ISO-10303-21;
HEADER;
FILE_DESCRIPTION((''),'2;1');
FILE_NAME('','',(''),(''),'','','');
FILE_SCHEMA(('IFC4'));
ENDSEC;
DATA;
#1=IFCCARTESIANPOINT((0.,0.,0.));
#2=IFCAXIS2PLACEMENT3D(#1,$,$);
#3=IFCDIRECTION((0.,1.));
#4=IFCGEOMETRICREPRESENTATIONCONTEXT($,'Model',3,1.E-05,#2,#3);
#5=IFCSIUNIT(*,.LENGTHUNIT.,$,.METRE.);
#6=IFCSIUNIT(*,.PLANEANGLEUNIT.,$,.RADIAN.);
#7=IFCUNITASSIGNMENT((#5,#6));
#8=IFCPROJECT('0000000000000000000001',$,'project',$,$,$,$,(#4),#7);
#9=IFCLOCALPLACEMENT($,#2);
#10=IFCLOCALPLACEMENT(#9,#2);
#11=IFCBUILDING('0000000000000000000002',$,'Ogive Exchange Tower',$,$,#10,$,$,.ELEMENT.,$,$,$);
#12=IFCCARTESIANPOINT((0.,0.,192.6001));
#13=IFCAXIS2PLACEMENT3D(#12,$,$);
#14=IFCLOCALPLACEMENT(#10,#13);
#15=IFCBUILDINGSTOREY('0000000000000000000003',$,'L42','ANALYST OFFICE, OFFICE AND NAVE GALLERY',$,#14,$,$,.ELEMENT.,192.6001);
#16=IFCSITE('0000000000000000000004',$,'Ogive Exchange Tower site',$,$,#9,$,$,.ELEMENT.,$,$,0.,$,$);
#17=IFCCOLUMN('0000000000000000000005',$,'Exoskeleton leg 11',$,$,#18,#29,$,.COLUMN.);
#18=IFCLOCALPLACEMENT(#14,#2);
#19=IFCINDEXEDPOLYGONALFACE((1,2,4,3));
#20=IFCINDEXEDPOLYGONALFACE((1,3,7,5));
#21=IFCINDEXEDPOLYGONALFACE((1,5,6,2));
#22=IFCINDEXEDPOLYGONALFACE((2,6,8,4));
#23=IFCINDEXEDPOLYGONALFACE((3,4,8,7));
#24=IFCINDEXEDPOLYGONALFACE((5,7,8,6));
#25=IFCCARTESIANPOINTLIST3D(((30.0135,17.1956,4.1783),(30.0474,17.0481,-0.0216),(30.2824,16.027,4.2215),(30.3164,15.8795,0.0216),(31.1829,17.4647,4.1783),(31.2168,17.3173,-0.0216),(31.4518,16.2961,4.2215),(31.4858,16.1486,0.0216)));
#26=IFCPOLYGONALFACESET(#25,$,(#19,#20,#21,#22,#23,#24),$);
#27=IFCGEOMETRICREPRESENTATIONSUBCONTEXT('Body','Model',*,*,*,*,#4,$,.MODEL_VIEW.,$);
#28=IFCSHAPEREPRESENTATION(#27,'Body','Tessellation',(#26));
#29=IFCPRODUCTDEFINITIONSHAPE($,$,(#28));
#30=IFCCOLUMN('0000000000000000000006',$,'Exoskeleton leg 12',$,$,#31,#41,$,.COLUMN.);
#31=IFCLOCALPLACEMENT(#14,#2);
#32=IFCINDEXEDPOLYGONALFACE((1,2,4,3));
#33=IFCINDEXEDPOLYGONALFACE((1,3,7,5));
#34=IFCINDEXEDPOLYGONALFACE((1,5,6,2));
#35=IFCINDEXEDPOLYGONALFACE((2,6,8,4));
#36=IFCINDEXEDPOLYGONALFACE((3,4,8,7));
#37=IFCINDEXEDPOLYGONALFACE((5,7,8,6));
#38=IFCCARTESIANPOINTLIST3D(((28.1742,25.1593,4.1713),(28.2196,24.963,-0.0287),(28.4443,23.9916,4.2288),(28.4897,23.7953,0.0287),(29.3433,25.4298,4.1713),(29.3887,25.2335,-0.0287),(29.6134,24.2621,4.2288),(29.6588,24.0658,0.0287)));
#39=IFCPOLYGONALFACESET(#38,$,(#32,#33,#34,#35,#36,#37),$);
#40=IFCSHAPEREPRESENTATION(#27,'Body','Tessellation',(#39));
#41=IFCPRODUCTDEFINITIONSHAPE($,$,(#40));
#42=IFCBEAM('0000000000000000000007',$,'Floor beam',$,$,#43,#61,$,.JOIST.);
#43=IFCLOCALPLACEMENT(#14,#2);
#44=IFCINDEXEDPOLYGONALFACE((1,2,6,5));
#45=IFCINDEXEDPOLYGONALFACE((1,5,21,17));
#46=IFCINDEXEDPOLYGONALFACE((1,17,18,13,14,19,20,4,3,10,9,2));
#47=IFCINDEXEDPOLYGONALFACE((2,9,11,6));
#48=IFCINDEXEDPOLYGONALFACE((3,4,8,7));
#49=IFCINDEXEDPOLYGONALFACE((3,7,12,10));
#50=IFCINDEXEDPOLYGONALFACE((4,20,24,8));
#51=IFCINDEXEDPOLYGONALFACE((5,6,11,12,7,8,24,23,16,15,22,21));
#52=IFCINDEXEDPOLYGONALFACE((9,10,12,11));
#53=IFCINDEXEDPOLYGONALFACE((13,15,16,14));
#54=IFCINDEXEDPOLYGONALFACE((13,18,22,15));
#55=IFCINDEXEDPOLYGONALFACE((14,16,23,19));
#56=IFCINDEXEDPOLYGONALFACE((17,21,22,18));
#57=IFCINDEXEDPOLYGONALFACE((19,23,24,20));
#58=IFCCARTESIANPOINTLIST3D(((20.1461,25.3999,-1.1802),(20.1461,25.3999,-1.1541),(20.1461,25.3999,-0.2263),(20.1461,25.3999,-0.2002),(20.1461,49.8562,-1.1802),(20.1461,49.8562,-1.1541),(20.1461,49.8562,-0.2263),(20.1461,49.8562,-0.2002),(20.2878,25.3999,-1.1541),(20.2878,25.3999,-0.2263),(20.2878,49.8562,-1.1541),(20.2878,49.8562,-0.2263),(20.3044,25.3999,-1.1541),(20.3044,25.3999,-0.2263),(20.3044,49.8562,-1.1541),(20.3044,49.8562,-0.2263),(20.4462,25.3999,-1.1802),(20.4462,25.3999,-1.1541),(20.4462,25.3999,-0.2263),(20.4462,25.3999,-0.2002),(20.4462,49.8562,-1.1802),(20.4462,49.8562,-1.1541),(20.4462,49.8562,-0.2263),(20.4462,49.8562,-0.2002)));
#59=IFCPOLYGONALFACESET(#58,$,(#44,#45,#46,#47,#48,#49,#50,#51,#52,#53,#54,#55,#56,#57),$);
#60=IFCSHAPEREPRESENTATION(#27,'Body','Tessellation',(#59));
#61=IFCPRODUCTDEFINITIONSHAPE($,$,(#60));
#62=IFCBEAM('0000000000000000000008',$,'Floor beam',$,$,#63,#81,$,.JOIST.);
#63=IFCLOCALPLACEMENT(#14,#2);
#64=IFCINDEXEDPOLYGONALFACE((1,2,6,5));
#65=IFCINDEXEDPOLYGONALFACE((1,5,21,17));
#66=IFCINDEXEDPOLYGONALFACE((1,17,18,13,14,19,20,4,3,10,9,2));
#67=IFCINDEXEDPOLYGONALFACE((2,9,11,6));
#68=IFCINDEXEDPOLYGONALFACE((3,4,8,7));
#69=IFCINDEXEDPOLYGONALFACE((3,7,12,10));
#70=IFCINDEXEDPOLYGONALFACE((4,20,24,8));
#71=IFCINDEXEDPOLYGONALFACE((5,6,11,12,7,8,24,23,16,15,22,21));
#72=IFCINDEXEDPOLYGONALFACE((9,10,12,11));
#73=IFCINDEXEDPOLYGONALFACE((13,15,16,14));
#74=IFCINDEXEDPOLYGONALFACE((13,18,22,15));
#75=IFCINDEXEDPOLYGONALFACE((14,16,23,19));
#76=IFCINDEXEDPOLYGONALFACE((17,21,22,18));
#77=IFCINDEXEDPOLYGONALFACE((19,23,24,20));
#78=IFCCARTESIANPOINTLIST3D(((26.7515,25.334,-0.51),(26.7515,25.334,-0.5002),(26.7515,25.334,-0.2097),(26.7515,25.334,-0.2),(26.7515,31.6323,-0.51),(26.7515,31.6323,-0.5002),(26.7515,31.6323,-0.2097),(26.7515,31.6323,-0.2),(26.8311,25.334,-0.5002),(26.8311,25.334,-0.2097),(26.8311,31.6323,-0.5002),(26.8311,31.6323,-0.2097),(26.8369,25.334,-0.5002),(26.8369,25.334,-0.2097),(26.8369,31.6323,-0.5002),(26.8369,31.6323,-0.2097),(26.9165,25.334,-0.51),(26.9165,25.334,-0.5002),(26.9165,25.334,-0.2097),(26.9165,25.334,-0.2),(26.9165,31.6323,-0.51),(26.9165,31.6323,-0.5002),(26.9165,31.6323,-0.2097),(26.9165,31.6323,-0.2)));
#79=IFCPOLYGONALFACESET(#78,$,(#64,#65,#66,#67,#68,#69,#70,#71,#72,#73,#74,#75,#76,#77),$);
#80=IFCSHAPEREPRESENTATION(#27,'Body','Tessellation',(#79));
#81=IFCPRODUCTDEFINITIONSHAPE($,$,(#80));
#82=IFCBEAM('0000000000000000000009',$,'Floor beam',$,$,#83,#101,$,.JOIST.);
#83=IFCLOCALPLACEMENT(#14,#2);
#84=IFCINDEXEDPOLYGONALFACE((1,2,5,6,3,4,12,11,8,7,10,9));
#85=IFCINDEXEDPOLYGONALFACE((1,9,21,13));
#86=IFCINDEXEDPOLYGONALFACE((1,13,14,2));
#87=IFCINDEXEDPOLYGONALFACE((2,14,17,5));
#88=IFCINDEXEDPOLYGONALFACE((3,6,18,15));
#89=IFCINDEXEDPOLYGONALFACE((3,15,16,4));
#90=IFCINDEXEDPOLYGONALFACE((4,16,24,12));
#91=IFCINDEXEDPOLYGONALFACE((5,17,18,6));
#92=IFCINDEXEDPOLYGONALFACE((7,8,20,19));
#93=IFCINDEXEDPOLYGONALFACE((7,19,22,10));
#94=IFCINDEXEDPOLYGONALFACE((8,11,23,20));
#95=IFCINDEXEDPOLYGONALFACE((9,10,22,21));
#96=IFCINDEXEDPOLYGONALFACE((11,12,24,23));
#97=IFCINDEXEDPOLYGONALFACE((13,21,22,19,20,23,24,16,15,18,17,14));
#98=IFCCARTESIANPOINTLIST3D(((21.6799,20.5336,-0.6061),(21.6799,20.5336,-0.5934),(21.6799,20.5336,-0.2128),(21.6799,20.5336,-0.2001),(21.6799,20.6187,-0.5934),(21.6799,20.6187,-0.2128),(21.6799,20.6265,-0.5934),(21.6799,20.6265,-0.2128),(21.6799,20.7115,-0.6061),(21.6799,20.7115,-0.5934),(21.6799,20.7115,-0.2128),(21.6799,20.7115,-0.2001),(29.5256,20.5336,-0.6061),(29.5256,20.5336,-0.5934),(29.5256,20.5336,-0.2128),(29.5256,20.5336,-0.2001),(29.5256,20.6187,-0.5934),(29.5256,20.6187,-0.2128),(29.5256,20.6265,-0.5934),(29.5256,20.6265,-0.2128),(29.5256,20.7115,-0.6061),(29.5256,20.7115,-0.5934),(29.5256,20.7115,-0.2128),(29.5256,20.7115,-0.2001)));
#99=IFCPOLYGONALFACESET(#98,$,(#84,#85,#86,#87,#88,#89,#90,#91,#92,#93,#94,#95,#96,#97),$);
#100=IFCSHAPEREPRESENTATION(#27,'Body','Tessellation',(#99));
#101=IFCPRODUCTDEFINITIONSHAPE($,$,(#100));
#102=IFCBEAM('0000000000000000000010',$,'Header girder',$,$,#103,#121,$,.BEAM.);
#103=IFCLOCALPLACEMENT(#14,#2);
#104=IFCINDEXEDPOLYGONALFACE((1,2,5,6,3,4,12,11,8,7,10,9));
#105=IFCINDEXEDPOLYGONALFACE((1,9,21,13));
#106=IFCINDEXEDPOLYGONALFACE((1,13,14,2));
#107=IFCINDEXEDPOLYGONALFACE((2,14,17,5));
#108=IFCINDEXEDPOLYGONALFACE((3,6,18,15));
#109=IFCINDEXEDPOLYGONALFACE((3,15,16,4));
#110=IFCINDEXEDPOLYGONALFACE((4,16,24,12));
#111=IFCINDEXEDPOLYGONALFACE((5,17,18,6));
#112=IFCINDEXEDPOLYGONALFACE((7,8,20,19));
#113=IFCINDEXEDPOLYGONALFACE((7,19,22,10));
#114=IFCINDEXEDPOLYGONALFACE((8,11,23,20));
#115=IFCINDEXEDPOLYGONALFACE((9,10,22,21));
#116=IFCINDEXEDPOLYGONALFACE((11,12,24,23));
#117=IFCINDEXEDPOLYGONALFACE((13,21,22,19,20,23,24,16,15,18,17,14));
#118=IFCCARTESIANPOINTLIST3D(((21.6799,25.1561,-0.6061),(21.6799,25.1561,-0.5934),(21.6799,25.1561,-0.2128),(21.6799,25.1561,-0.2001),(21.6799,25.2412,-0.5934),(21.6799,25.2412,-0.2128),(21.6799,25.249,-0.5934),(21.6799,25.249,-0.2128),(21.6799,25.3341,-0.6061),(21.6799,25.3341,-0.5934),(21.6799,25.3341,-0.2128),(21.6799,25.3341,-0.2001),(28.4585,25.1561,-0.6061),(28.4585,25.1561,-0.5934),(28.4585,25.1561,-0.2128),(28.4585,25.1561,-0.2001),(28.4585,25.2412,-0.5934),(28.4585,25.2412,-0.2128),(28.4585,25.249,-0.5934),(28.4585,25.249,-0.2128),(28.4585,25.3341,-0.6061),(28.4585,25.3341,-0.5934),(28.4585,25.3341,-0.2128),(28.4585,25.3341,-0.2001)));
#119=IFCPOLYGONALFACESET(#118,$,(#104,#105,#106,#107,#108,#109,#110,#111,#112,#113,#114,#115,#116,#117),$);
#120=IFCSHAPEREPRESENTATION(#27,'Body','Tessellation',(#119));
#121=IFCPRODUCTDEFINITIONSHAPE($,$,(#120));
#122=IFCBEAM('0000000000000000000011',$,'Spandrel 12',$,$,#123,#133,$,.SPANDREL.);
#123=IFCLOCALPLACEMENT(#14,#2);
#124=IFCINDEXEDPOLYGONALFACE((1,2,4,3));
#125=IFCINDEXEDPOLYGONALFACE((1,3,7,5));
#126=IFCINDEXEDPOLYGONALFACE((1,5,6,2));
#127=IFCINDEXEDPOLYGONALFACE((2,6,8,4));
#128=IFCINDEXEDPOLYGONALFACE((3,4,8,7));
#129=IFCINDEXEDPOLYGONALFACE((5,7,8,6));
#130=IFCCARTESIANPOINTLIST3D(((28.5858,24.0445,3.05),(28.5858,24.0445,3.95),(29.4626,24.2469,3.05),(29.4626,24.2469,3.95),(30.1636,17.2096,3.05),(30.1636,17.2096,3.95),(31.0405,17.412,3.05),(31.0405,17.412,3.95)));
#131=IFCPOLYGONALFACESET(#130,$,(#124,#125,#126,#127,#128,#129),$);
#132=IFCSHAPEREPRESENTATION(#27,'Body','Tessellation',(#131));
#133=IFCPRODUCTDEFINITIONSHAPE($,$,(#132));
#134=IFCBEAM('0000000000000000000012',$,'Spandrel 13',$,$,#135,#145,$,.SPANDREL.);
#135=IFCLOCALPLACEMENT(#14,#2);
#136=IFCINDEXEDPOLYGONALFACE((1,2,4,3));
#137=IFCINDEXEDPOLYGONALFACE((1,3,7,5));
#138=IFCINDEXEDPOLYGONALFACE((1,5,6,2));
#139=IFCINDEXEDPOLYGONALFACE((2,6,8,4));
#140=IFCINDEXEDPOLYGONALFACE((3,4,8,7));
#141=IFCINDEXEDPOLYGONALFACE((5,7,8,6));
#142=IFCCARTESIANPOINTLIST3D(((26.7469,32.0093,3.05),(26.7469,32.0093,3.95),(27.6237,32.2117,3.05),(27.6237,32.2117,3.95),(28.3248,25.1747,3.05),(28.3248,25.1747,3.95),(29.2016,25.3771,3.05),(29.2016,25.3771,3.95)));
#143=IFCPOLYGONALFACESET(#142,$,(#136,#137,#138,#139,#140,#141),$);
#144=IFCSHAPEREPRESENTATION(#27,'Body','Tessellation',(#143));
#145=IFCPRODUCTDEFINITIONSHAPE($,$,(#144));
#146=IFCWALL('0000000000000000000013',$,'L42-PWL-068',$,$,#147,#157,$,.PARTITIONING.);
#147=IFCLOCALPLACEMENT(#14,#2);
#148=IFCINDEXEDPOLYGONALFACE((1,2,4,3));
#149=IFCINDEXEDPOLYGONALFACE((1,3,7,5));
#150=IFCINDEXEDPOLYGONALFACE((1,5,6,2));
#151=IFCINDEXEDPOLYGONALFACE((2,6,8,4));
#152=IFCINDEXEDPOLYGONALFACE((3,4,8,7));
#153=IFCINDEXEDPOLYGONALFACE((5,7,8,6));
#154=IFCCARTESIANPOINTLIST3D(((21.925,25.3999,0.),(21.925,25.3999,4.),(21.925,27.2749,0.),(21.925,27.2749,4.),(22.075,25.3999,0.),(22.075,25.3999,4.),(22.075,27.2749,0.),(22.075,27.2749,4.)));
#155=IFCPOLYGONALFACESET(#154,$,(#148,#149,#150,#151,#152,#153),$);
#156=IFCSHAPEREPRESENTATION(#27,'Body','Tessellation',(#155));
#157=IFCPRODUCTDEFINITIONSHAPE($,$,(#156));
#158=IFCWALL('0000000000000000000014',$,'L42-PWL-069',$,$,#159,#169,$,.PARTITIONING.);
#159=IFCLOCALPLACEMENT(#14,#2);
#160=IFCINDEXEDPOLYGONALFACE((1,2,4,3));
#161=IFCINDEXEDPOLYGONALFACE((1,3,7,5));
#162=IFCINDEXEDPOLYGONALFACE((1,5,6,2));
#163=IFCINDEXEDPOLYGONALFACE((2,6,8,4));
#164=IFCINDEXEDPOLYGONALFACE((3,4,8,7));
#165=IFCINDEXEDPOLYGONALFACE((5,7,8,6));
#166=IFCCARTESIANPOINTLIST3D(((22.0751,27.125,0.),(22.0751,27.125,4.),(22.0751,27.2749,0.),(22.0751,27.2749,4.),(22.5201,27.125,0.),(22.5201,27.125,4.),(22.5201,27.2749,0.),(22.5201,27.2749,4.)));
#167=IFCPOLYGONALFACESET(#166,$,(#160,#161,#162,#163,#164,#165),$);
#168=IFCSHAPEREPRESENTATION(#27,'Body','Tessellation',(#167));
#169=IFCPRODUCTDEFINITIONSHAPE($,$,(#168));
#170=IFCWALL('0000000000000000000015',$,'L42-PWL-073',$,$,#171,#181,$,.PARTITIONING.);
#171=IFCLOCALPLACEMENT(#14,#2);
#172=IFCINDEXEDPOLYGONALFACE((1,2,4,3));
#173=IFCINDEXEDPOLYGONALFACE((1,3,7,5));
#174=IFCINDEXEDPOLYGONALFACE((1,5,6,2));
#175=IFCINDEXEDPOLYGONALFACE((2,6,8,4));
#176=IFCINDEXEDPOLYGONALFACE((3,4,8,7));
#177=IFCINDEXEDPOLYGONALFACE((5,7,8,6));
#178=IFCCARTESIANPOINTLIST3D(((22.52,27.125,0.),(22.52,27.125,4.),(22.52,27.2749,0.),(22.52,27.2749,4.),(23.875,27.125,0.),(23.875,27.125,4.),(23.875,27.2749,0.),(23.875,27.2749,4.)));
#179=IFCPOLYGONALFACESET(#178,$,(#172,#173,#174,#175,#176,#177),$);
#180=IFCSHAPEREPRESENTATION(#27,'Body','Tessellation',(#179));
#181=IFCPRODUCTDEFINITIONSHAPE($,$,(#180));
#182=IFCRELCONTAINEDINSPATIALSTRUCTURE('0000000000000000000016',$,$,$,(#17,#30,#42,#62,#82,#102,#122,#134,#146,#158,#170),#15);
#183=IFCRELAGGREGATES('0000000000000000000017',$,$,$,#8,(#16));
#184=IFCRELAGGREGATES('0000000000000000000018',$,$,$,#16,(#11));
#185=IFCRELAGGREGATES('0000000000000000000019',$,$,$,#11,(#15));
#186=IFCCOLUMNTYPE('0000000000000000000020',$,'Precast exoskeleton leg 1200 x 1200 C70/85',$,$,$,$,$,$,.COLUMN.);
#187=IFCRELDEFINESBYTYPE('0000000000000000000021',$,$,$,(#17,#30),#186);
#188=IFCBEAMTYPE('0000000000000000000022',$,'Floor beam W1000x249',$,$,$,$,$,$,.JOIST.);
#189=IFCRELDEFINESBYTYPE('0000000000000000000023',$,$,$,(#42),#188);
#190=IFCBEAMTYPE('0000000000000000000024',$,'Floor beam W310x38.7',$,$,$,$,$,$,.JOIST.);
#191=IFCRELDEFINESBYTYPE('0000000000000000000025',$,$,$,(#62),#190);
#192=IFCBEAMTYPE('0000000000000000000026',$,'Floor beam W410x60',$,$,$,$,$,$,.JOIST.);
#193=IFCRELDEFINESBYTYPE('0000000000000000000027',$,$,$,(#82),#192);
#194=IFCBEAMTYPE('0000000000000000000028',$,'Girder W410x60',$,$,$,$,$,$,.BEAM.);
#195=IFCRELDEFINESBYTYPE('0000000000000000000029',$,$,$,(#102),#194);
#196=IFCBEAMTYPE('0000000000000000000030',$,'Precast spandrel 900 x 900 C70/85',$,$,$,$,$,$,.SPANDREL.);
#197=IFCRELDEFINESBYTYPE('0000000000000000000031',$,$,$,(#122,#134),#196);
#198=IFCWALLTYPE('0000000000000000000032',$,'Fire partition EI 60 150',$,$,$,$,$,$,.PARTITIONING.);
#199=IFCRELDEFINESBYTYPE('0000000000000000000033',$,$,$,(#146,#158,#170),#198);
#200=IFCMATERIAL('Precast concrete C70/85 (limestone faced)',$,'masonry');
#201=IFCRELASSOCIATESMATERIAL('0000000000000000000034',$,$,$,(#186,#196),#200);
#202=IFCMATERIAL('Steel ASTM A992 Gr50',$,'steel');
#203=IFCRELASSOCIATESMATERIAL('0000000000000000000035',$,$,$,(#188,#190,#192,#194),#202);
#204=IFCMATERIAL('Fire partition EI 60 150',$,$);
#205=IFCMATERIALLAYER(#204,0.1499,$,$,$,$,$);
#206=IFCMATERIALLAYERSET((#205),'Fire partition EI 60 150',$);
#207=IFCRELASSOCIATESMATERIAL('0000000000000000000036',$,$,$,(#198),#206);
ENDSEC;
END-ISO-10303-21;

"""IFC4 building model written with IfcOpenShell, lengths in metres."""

from ifc_helpers import new_model, si_unit, direction, frame, frame_2d, origin, origin_2d, place, context, subcontext, project, spatial, rectangle, i_section, extrude, material, layer, layer_set, material_profile, profile_set, type_object, element, save


model = new_model("IFC4")

# Units and contexts
model_context = context("Model", 3, precision=1e-05, world=origin(), true_north=direction((0.0, 1.0)))
body_context = subcontext(model_context, "Body", "Model", "MODEL_VIEW")
ifc_project = project(units=[si_unit("LENGTHUNIT", "METRE"), si_unit("PLANEANGLEUNIT", "RADIAN")], contexts=[model_context])

# Site, building, storey
site_placement = place(None, origin())
site = spatial("IfcSite", under=ifc_project, at=site_placement, Name="Ogive Exchange Tower site", CompositionType="ELEMENT", RefElevation=0.0)
building_placement = place(site_placement, origin())
building = spatial("IfcBuilding", under=site, at=building_placement, Name="Ogive Exchange Tower", CompositionType="ELEMENT")
storey_placement = place(building_placement, frame((0.0, 0.0, 192.6001)))
storey = spatial("IfcBuildingStorey", under=building, at=storey_placement, Name="L42", Description="ANALYST OFFICE, OFFICE AND NAVE GALLERY", CompositionType="ELEMENT", Elevation=192.6001)

# Columns
ifc_material_1 = material(Name="Precast concrete C70/85 (limestone faced)", Category="masonry")
ifc_material_profile_1 = material_profile(ifc_material_1, rectangle(XDim=1.2, YDim=1.2, at=origin_2d()), Name="1200 x 1200")
ifc_profile_set_1 = profile_set([ifc_material_profile_1], Name="Precast concrete C70/85 (limestone faced)")
column_type = type_object("IfcColumnType", Name="Precast exoskeleton leg 1200 x 1200 C70/85", PredefinedType="COLUMN", material=ifc_profile_set_1)
column_1_placement = place(storey_placement, frame((30.7666, 16.5984, 0.0), z_axis=(-0.008075, 0.035087, 0.999352), x_axis=(-0.974527, -0.22427, 0.0)))
element("IfcColumn", 1, at=column_1_placement, inside=storey, type_object=column_type, Name="Exoskeleton leg 11", PredefinedType="COLUMN", context=body_context, shape_type="SweptSolid", body=[
    extrude(rectangle(XDim=1.2, YDim=1.2, at=origin_2d()), origin(), (0.0, 0.0, 1.0), 4.2026),
])
column_2_placement = place(storey_placement, frame((28.9392, 24.5144, 0.0), z_axis=(-0.0108, 0.046682, 0.998851), x_axis=(-0.974269, -0.22539, 0.0)))
element("IfcColumn", 2, at=column_2_placement, inside=storey, type_object=column_type, Name="Exoskeleton leg 12", PredefinedType="COLUMN", context=body_context, shape_type="SweptSolid", body=[
    extrude(rectangle(XDim=1.2, YDim=1.2, at=origin_2d()), origin(), (0.0, 0.0, 1.0), 4.2048),
])

# Beams
ifc_material_2 = material(Name="Steel ASTM A992 Gr50", Category="steel")
ifc_material_profile_2 = material_profile(ifc_material_2, i_section(OverallWidth=0.3, OverallDepth=0.98, WebThickness=0.0166, FlangeThickness=0.0261, at=origin_2d()), Name="W1000x249")
ifc_profile_set_2 = profile_set([ifc_material_profile_2], Name="Steel ASTM A992 Gr50")
beam_type_1 = type_object("IfcBeamType", Name="Floor beam W1000x249", PredefinedType="JOIST", material=ifc_profile_set_2)
beam_1_placement = place(storey_placement, frame((20.2961, 25.3999, -0.6902), z_axis=(0.0, 1.0, 0.0), x_axis=(-1.0, 0.0, 0.0)))
element("IfcBeam", 3, at=beam_1_placement, inside=storey, type_object=beam_type_1, Name="Floor beam", PredefinedType="JOIST", context=body_context, shape_type="SweptSolid", body=[
    extrude(i_section(OverallWidth=0.3, OverallDepth=0.98, WebThickness=0.0166, FlangeThickness=0.0261, at=origin_2d()), origin(), (0.0, 0.0, 1.0), 24.4563),
])
ifc_material_profile_3 = material_profile(ifc_material_2, i_section(OverallWidth=0.165, OverallDepth=0.3101, WebThickness=0.0059, FlangeThickness=0.0098, at=origin_2d()), Name="W310x38.7")
ifc_profile_set_3 = profile_set([ifc_material_profile_3], Name="Steel ASTM A992 Gr50")
beam_type_2 = type_object("IfcBeamType", Name="Floor beam W310x38.7", PredefinedType="JOIST", material=ifc_profile_set_3)
beam_2_placement = place(storey_placement, frame((26.834, 25.334, -0.355), z_axis=(0.0, 1.0, 0.0), x_axis=(-1.0, 0.0, 0.0)))
element("IfcBeam", 4, at=beam_2_placement, inside=storey, type_object=beam_type_2, Name="Floor beam", PredefinedType="JOIST", context=body_context, shape_type="SweptSolid", body=[
    extrude(i_section(OverallWidth=0.165, OverallDepth=0.3101, WebThickness=0.0059, FlangeThickness=0.0098, at=origin_2d()), origin(), (0.0, 0.0, 1.0), 6.2983),
])
ifc_material_profile_4 = material_profile(ifc_material_2, i_section(OverallWidth=0.178, OverallDepth=0.406, WebThickness=0.0078, FlangeThickness=0.0127, at=origin_2d()), Name="W410x60")
ifc_profile_set_4 = profile_set([ifc_material_profile_4], Name="Steel ASTM A992 Gr50")
beam_type_3 = type_object("IfcBeamType", Name="Floor beam W410x60", PredefinedType="JOIST", material=ifc_profile_set_4)
beam_3_placement = place(storey_placement, frame((21.6799, 20.6226, -0.4031), z_axis=(1.0, 0.0, 0.0), x_axis=(0.0, 1.0, 0.0)))
element("IfcBeam", 5, at=beam_3_placement, inside=storey, type_object=beam_type_3, Name="Floor beam", PredefinedType="JOIST", context=body_context, shape_type="SweptSolid", body=[
    extrude(i_section(OverallWidth=0.178, OverallDepth=0.406, WebThickness=0.0078, FlangeThickness=0.0127, at=origin_2d()), origin(), (0.0, 0.0, 1.0), 7.8457),
])
ifc_material_profile_5 = material_profile(ifc_material_2, i_section(OverallWidth=0.178, OverallDepth=0.406, WebThickness=0.0078, FlangeThickness=0.0127, at=origin_2d()), Name="W410x60")
ifc_profile_set_5 = profile_set([ifc_material_profile_5], Name="Steel ASTM A992 Gr50")
beam_type_4 = type_object("IfcBeamType", Name="Girder W410x60", PredefinedType="BEAM", material=ifc_profile_set_5)
beam_4_placement = place(storey_placement, frame((21.6799, 25.2451, -0.4031), z_axis=(1.0, 0.0, 0.0), x_axis=(0.0, 1.0, 0.0)))
element("IfcBeam", 6, at=beam_4_placement, inside=storey, type_object=beam_type_4, Name="Header girder", PredefinedType="BEAM", context=body_context, shape_type="SweptSolid", body=[
    extrude(i_section(OverallWidth=0.178, OverallDepth=0.406, WebThickness=0.0078, FlangeThickness=0.0127, at=origin_2d()), origin(), (0.0, 0.0, 1.0), 6.7786),
])
ifc_material_profile_6 = material_profile(ifc_material_1, rectangle(XDim=0.8999, YDim=0.8999, at=origin_2d()), Name="900 x 900")
ifc_profile_set_6 = profile_set([ifc_material_profile_6], Name="Precast concrete C70/85 (limestone faced)")
beam_type_5 = type_object("IfcBeamType", Name="Precast spandrel 900 x 900 C70/85", PredefinedType="SPANDREL", material=ifc_profile_set_6)
beam_5_placement = place(storey_placement, frame((30.6021, 17.3108, 3.5), z_axis=(-0.224938, 0.974373, 0.0), x_axis=(-0.974373, -0.224938, 0.0)))
element("IfcBeam", 7, at=beam_5_placement, inside=storey, type_object=beam_type_5, Name="Spandrel 12", PredefinedType="SPANDREL", context=body_context, shape_type="SweptSolid", body=[
    extrude(rectangle(XDim=0.8999, YDim=0.8999, at=origin_2d()), origin(), (0.0, 0.0, 1.0), 7.0146),
])
beam_6_placement = place(storey_placement, frame((28.7632, 25.2759, 3.5), z_axis=(-0.224946, 0.974371, 0.0), x_axis=(-0.974371, -0.224946, 0.0)))
element("IfcBeam", 8, at=beam_6_placement, inside=storey, type_object=beam_type_5, Name="Spandrel 13", PredefinedType="SPANDREL", context=body_context, shape_type="SweptSolid", body=[
    extrude(rectangle(XDim=0.8999, YDim=0.8999, at=origin_2d()), origin(), (0.0, 0.0, 1.0), 7.0144),
])

# Walls
ifc_material_3 = material(Name="Fire partition EI 60 150")
ifc_layer_1 = layer(ifc_material_3, 0.1499)
ifc_layer_set_1 = layer_set([ifc_layer_1], Name="Fire partition EI 60 150")
wall_type_1 = type_object("IfcWallType", Name="Fire partition EI 60 150", PredefinedType="PARTITIONING", material=ifc_layer_set_1)
wall_1_placement = place(storey_placement, frame((22.0, 25.3999, 0.0), z_axis=(0.0, 0.0, 1.0), x_axis=(0.0, 1.0, 0.0)))
element("IfcWall", 9, at=wall_1_placement, inside=storey, type_object=wall_type_1, Name="L42-PWL-068", PredefinedType="PARTITIONING", context=body_context, shape_type="SweptSolid", body=[
    extrude(rectangle(XDim=1.875, YDim=0.1499, at=frame_2d((0.9375, 0.0))), origin(), (0.0, 0.0, 1.0), 4.0),
])
wall_2_placement = place(storey_placement, frame((22.075, 27.2, 0.0), z_axis=(0.0, 0.0, 1.0), x_axis=(1.0, 0.0, 0.0)))
element("IfcWall", 10, at=wall_2_placement, inside=storey, type_object=wall_type_1, Name="L42-PWL-069", PredefinedType="PARTITIONING", context=body_context, shape_type="SweptSolid", body=[
    extrude(rectangle(XDim=0.4451, YDim=0.1499, at=frame_2d((0.2227, 0.0))), origin(), (0.0, 0.0, 1.0), 4.0),
])
wall_3_placement = place(storey_placement, frame((22.52, 27.2, 0.0), z_axis=(0.0, 0.0, 1.0), x_axis=(1.0, 0.0, 0.0)))
element("IfcWall", 11, at=wall_3_placement, inside=storey, type_object=wall_type_1, Name="L42-PWL-073", PredefinedType="PARTITIONING", context=body_context, shape_type="SweptSolid", body=[
    extrude(rectangle(XDim=1.355, YDim=0.1499, at=frame_2d((0.6775, 0.0))), origin(), (0.0, 0.0, 1.0), 4.0),
])

save(model, "model.ifc")
